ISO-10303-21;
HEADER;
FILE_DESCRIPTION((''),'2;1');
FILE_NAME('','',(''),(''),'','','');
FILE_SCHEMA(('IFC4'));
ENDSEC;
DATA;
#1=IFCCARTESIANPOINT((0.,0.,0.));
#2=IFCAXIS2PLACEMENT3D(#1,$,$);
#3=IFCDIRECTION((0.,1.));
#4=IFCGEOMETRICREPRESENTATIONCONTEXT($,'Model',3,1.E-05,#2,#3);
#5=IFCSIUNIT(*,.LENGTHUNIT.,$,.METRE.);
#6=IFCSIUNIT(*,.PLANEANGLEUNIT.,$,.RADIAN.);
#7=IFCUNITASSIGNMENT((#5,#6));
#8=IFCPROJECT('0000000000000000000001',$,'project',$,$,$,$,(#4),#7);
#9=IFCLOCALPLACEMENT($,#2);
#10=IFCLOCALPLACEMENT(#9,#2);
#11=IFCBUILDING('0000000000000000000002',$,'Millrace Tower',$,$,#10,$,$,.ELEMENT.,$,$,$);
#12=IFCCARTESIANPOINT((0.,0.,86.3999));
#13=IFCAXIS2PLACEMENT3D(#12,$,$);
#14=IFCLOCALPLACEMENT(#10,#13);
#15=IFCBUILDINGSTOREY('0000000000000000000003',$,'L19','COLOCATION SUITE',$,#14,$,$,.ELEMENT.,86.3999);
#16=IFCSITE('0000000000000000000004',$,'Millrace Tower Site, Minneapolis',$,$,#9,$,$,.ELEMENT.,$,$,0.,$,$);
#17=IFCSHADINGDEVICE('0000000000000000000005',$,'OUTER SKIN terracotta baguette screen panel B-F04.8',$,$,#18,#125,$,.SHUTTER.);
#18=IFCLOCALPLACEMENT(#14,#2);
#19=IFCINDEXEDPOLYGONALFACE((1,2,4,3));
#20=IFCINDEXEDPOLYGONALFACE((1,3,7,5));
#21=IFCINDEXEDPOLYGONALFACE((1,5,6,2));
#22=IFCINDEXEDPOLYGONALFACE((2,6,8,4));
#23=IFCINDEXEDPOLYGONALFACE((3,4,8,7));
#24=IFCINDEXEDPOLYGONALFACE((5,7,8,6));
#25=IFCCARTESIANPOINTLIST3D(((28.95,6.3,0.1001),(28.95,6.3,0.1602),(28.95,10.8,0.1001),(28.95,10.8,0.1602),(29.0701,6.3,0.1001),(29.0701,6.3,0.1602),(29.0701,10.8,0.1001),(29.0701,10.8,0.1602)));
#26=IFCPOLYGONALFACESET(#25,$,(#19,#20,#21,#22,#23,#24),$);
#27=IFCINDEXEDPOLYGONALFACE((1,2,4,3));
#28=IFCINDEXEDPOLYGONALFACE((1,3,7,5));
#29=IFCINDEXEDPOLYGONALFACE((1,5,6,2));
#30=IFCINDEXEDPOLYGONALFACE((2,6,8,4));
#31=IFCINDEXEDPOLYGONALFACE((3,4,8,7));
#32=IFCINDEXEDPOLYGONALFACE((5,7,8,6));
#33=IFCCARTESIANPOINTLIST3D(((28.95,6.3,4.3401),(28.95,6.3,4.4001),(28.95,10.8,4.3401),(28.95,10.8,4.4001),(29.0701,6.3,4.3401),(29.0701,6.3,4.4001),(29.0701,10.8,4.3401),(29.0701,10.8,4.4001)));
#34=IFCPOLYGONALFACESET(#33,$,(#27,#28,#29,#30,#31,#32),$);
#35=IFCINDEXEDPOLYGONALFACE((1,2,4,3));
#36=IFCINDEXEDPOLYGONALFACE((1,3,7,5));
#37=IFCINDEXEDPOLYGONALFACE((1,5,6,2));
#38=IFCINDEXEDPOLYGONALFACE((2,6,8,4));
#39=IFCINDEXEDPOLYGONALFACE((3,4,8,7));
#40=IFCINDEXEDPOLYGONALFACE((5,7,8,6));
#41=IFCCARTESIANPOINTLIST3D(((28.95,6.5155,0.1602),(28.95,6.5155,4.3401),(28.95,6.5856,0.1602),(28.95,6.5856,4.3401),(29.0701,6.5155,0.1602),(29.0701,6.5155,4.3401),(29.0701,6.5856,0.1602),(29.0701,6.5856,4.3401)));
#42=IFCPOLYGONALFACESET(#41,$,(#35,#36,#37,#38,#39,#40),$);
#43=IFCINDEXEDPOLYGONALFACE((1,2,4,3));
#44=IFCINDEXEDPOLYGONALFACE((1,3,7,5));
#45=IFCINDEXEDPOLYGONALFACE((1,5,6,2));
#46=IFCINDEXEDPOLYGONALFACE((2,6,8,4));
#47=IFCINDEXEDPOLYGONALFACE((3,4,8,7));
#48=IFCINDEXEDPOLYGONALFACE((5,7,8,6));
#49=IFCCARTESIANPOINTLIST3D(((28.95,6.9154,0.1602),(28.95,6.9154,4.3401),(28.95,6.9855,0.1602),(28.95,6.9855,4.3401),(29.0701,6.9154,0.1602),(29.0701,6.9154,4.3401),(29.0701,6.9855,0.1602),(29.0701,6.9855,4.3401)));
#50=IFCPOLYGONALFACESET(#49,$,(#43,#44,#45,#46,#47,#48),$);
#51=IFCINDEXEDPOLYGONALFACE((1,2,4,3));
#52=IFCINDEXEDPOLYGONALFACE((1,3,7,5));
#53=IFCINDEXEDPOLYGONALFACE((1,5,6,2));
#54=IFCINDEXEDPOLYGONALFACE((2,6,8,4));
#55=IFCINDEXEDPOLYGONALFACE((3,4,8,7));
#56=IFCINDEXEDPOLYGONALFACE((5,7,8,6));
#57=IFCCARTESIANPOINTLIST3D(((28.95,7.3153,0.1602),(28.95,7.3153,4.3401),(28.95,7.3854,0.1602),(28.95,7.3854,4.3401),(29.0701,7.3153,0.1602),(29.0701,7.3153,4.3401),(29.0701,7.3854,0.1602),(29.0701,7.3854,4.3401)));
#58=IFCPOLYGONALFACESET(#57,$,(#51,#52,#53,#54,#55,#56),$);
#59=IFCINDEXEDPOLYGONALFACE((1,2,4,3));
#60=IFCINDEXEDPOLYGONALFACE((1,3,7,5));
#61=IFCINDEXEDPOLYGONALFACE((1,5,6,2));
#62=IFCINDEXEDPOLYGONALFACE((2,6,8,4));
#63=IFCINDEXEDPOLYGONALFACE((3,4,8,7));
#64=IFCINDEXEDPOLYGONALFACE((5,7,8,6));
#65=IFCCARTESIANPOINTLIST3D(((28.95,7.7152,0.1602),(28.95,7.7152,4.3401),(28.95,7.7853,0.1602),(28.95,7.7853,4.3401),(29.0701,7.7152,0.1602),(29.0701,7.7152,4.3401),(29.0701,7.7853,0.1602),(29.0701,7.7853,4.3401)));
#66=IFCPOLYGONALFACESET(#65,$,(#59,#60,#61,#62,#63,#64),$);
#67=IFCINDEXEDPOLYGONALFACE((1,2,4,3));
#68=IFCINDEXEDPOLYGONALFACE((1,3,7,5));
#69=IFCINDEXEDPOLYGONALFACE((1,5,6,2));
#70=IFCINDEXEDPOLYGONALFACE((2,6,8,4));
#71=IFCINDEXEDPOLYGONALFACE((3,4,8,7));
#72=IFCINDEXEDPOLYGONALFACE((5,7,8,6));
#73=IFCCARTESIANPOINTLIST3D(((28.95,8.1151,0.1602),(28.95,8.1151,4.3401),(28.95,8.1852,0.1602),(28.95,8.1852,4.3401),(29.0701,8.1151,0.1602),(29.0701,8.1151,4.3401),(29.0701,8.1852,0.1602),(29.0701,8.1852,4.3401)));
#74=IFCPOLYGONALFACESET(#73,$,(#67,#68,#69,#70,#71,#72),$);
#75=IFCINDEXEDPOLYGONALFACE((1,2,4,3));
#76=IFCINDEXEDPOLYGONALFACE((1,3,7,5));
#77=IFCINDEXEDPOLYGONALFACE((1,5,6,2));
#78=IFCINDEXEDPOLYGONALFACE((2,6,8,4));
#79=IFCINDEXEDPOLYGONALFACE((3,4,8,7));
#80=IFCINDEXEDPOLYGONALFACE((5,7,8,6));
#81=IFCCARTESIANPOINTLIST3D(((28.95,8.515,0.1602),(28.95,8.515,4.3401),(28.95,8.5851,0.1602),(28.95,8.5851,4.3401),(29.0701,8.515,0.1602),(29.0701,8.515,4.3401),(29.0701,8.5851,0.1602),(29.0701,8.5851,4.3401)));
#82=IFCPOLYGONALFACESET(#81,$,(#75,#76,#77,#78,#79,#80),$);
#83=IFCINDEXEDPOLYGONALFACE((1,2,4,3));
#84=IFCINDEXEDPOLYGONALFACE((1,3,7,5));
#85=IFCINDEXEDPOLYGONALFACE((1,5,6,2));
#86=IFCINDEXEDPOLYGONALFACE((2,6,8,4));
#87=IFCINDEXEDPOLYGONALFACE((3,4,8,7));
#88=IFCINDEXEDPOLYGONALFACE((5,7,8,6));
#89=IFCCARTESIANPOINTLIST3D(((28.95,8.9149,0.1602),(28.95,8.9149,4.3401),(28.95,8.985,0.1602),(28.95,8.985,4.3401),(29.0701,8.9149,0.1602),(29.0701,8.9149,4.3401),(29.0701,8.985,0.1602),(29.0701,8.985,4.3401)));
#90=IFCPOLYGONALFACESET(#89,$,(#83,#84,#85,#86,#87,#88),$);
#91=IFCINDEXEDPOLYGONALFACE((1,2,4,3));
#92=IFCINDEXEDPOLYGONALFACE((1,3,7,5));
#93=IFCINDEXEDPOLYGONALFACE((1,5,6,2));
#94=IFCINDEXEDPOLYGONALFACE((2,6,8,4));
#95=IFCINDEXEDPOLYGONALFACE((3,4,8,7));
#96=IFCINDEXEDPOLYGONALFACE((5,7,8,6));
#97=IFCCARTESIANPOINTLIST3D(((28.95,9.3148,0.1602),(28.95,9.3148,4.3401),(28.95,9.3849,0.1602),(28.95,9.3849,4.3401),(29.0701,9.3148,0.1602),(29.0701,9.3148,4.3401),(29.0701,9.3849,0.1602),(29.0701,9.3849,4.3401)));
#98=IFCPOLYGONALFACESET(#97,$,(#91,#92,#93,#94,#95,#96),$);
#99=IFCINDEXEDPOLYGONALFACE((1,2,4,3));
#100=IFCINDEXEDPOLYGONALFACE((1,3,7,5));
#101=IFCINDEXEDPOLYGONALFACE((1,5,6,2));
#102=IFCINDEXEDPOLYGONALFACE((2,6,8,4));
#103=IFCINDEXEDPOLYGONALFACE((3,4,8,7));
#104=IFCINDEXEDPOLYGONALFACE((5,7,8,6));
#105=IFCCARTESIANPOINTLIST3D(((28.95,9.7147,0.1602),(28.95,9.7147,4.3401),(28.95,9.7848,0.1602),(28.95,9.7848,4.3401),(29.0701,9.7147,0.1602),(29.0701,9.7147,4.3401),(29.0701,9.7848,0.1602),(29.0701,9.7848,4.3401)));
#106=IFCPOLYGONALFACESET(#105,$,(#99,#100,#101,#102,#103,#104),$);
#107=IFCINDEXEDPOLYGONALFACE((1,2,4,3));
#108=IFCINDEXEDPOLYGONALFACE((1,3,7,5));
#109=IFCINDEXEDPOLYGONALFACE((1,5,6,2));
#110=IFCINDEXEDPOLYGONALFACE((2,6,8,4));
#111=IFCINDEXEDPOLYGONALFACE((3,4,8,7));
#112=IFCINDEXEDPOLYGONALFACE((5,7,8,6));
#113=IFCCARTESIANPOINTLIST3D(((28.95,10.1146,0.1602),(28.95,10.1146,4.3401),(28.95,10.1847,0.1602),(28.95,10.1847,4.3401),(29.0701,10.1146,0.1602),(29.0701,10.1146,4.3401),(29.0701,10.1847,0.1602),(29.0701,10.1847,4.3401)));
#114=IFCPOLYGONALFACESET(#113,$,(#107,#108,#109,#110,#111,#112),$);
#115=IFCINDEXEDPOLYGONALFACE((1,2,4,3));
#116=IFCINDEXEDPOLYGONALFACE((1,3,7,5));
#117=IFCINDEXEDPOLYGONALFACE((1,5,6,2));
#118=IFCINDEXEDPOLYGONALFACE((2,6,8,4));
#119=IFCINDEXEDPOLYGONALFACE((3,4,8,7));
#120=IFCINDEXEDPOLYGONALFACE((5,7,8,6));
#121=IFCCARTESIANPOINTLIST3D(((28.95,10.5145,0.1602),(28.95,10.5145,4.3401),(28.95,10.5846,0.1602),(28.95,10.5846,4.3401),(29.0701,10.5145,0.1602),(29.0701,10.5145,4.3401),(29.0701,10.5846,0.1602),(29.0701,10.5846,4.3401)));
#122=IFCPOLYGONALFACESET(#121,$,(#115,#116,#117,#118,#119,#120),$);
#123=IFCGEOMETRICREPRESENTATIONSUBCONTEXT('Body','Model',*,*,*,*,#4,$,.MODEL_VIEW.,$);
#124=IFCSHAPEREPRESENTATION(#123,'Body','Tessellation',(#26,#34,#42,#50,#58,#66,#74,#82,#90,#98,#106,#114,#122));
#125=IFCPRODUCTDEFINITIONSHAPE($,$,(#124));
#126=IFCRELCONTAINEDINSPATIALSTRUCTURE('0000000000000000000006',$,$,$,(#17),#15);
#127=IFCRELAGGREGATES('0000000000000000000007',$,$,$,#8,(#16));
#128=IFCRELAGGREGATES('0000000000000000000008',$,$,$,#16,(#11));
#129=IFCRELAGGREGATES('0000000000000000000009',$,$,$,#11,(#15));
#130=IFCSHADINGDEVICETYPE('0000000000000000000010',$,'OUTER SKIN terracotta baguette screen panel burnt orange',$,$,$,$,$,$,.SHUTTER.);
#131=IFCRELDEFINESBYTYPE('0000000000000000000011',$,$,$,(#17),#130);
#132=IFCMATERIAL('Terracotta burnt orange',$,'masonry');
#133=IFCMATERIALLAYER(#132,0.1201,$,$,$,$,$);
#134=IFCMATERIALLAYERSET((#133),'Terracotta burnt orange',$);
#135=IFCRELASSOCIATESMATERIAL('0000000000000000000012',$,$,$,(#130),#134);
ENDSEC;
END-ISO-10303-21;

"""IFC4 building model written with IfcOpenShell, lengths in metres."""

from ifc_helpers import new_model, entity, si_unit, direction, frame, frame_2d, origin, origin_2d, place, context, subcontext, project, spatial, rectangle, extrude, source, transform, mapped, material, layer, layer_set, type_object, element, save


model = new_model("IFC4")

# Units and contexts
model_context = context("Model", 3, precision=1e-05, world=origin(), true_north=direction((0.0, 1.0)))
body_context = subcontext(model_context, "Body", "Model", "MODEL_VIEW")
ifc_project = project(units=[si_unit("LENGTHUNIT", "METRE"), si_unit("PLANEANGLEUNIT", "RADIAN")], contexts=[model_context])

# Site, building, storey
site_placement = place(None, origin())
site = spatial("IfcSite", under=ifc_project, at=site_placement, Name="Millrace Tower Site, Minneapolis", CompositionType="ELEMENT", RefElevation=0.0)
building_placement = place(site_placement, origin())
building = spatial("IfcBuilding", under=site, at=building_placement, Name="Millrace Tower", CompositionType="ELEMENT")
storey_placement = place(building_placement, frame((0.0, 0.0, 86.3999)))
storey = spatial("IfcBuildingStorey", under=building, at=storey_placement, Name="L19", Description="COLOCATION SUITE", CompositionType="ELEMENT", Elevation=86.3999)

# Shading device
ifc_material_1 = material(Name="Terracotta burnt orange", Category="masonry")
ifc_layer_1 = layer(ifc_material_1, 0.1201)
ifc_layer_set_1 = layer_set([ifc_layer_1], Name="Terracotta burnt orange")
shading_device_type = type_object("IfcShadingDeviceType", Name="OUTER SKIN terracotta baguette screen panel burnt orange", PredefinedType="SHUTTER", material=ifc_layer_set_1)
cartesian_point = entity("IfcCartesianPoint", [-2.25, 0.0601])
shared_polyline = entity("IfcPolyline", [cartesian_point, entity("IfcCartesianPoint", [2.25, 0.0601]), entity("IfcCartesianPoint", [2.25, -0.0601]), entity("IfcCartesianPoint", [-2.25, -0.0601]), cartesian_point])
shared_shape = source(origin(), body_context, "Body", "SweptSolid", [
    entity("IfcExtrudedAreaSolid", entity("IfcArbitraryClosedProfileDef", "AREA", None, shared_polyline), entity("IfcAxis2Placement3D", entity("IfcCartesianPoint", [0.0, 0.0, 0.0])), entity("IfcDirection", [0.0, 0.0, 1.0]), 0.0601),
    entity("IfcExtrudedAreaSolid", entity("IfcArbitraryClosedProfileDef", "AREA", None, shared_polyline), entity("IfcAxis2Placement3D", entity("IfcCartesianPoint", [0.0, 0.0, 4.24])), entity("IfcDirection", [0.0, 0.0, 1.0]), 0.0601),
    extrude(rectangle(XDim=0.0701, YDim=0.1201, at=frame_2d((-1.9995, 0.0))), frame((0.0, 0.0, 0.0601)), (0.0, 0.0, 1.0), 4.1799),
    extrude(rectangle(XDim=0.0701, YDim=0.1201, at=frame_2d((-1.5996, 0.0))), frame((0.0, 0.0, 0.0601)), (0.0, 0.0, 1.0), 4.1799),
    extrude(rectangle(XDim=0.0701, YDim=0.1201, at=frame_2d((-1.1997, 0.0))), frame((0.0, 0.0, 0.0601)), (0.0, 0.0, 1.0), 4.1799),
    extrude(rectangle(XDim=0.0701, YDim=0.1201, at=frame_2d((-0.7998, 0.0))), frame((0.0, 0.0, 0.0601)), (0.0, 0.0, 1.0), 4.1799),
    extrude(rectangle(XDim=0.0701, YDim=0.1201, at=frame_2d((-0.3999, 0.0))), frame((0.0, 0.0, 0.0601)), (0.0, 0.0, 1.0), 4.1799),
    extrude(rectangle(XDim=0.0701, YDim=0.1201, at=origin_2d()), frame((0.0, 0.0, 0.0601)), (0.0, 0.0, 1.0), 4.1799),
    extrude(rectangle(XDim=0.0701, YDim=0.1201, at=frame_2d((0.3999, 0.0))), frame((0.0, 0.0, 0.0601)), (0.0, 0.0, 1.0), 4.1799),
    extrude(rectangle(XDim=0.0701, YDim=0.1201, at=frame_2d((0.7998, 0.0))), frame((0.0, 0.0, 0.0601)), (0.0, 0.0, 1.0), 4.1799),
    extrude(rectangle(XDim=0.0701, YDim=0.1201, at=frame_2d((1.1997, 0.0))), frame((0.0, 0.0, 0.0601)), (0.0, 0.0, 1.0), 4.1799),
    extrude(rectangle(XDim=0.0701, YDim=0.1201, at=frame_2d((1.5996, 0.0))), frame((0.0, 0.0, 0.0601)), (0.0, 0.0, 1.0), 4.1799),
    extrude(rectangle(XDim=0.0701, YDim=0.1201, at=frame_2d((1.9995, 0.0))), frame((0.0, 0.0, 0.0601)), (0.0, 0.0, 1.0), 4.1799),
])
for number, where, z_axis, x_axis, name in (
    (1, (29.01, 8.55, 0.1001), (0.0, 0.0, 1.0), (0.0, 1.0, 0.0), "OUTER SKIN terracotta baguette screen panel B-F04.8"),
):
    element("IfcShadingDevice", number, at=place(storey_placement, frame(where, z_axis=z_axis, x_axis=x_axis)), inside=storey, type_object=shading_device_type, Name=name, PredefinedType="SHUTTER", context=body_context, shape_type="MappedRepresentation", body=[
        mapped(shared_shape, transform((0.0, 0.0, 0.0), scale=1.0)),
    ])

save(model, "model.ifc")
